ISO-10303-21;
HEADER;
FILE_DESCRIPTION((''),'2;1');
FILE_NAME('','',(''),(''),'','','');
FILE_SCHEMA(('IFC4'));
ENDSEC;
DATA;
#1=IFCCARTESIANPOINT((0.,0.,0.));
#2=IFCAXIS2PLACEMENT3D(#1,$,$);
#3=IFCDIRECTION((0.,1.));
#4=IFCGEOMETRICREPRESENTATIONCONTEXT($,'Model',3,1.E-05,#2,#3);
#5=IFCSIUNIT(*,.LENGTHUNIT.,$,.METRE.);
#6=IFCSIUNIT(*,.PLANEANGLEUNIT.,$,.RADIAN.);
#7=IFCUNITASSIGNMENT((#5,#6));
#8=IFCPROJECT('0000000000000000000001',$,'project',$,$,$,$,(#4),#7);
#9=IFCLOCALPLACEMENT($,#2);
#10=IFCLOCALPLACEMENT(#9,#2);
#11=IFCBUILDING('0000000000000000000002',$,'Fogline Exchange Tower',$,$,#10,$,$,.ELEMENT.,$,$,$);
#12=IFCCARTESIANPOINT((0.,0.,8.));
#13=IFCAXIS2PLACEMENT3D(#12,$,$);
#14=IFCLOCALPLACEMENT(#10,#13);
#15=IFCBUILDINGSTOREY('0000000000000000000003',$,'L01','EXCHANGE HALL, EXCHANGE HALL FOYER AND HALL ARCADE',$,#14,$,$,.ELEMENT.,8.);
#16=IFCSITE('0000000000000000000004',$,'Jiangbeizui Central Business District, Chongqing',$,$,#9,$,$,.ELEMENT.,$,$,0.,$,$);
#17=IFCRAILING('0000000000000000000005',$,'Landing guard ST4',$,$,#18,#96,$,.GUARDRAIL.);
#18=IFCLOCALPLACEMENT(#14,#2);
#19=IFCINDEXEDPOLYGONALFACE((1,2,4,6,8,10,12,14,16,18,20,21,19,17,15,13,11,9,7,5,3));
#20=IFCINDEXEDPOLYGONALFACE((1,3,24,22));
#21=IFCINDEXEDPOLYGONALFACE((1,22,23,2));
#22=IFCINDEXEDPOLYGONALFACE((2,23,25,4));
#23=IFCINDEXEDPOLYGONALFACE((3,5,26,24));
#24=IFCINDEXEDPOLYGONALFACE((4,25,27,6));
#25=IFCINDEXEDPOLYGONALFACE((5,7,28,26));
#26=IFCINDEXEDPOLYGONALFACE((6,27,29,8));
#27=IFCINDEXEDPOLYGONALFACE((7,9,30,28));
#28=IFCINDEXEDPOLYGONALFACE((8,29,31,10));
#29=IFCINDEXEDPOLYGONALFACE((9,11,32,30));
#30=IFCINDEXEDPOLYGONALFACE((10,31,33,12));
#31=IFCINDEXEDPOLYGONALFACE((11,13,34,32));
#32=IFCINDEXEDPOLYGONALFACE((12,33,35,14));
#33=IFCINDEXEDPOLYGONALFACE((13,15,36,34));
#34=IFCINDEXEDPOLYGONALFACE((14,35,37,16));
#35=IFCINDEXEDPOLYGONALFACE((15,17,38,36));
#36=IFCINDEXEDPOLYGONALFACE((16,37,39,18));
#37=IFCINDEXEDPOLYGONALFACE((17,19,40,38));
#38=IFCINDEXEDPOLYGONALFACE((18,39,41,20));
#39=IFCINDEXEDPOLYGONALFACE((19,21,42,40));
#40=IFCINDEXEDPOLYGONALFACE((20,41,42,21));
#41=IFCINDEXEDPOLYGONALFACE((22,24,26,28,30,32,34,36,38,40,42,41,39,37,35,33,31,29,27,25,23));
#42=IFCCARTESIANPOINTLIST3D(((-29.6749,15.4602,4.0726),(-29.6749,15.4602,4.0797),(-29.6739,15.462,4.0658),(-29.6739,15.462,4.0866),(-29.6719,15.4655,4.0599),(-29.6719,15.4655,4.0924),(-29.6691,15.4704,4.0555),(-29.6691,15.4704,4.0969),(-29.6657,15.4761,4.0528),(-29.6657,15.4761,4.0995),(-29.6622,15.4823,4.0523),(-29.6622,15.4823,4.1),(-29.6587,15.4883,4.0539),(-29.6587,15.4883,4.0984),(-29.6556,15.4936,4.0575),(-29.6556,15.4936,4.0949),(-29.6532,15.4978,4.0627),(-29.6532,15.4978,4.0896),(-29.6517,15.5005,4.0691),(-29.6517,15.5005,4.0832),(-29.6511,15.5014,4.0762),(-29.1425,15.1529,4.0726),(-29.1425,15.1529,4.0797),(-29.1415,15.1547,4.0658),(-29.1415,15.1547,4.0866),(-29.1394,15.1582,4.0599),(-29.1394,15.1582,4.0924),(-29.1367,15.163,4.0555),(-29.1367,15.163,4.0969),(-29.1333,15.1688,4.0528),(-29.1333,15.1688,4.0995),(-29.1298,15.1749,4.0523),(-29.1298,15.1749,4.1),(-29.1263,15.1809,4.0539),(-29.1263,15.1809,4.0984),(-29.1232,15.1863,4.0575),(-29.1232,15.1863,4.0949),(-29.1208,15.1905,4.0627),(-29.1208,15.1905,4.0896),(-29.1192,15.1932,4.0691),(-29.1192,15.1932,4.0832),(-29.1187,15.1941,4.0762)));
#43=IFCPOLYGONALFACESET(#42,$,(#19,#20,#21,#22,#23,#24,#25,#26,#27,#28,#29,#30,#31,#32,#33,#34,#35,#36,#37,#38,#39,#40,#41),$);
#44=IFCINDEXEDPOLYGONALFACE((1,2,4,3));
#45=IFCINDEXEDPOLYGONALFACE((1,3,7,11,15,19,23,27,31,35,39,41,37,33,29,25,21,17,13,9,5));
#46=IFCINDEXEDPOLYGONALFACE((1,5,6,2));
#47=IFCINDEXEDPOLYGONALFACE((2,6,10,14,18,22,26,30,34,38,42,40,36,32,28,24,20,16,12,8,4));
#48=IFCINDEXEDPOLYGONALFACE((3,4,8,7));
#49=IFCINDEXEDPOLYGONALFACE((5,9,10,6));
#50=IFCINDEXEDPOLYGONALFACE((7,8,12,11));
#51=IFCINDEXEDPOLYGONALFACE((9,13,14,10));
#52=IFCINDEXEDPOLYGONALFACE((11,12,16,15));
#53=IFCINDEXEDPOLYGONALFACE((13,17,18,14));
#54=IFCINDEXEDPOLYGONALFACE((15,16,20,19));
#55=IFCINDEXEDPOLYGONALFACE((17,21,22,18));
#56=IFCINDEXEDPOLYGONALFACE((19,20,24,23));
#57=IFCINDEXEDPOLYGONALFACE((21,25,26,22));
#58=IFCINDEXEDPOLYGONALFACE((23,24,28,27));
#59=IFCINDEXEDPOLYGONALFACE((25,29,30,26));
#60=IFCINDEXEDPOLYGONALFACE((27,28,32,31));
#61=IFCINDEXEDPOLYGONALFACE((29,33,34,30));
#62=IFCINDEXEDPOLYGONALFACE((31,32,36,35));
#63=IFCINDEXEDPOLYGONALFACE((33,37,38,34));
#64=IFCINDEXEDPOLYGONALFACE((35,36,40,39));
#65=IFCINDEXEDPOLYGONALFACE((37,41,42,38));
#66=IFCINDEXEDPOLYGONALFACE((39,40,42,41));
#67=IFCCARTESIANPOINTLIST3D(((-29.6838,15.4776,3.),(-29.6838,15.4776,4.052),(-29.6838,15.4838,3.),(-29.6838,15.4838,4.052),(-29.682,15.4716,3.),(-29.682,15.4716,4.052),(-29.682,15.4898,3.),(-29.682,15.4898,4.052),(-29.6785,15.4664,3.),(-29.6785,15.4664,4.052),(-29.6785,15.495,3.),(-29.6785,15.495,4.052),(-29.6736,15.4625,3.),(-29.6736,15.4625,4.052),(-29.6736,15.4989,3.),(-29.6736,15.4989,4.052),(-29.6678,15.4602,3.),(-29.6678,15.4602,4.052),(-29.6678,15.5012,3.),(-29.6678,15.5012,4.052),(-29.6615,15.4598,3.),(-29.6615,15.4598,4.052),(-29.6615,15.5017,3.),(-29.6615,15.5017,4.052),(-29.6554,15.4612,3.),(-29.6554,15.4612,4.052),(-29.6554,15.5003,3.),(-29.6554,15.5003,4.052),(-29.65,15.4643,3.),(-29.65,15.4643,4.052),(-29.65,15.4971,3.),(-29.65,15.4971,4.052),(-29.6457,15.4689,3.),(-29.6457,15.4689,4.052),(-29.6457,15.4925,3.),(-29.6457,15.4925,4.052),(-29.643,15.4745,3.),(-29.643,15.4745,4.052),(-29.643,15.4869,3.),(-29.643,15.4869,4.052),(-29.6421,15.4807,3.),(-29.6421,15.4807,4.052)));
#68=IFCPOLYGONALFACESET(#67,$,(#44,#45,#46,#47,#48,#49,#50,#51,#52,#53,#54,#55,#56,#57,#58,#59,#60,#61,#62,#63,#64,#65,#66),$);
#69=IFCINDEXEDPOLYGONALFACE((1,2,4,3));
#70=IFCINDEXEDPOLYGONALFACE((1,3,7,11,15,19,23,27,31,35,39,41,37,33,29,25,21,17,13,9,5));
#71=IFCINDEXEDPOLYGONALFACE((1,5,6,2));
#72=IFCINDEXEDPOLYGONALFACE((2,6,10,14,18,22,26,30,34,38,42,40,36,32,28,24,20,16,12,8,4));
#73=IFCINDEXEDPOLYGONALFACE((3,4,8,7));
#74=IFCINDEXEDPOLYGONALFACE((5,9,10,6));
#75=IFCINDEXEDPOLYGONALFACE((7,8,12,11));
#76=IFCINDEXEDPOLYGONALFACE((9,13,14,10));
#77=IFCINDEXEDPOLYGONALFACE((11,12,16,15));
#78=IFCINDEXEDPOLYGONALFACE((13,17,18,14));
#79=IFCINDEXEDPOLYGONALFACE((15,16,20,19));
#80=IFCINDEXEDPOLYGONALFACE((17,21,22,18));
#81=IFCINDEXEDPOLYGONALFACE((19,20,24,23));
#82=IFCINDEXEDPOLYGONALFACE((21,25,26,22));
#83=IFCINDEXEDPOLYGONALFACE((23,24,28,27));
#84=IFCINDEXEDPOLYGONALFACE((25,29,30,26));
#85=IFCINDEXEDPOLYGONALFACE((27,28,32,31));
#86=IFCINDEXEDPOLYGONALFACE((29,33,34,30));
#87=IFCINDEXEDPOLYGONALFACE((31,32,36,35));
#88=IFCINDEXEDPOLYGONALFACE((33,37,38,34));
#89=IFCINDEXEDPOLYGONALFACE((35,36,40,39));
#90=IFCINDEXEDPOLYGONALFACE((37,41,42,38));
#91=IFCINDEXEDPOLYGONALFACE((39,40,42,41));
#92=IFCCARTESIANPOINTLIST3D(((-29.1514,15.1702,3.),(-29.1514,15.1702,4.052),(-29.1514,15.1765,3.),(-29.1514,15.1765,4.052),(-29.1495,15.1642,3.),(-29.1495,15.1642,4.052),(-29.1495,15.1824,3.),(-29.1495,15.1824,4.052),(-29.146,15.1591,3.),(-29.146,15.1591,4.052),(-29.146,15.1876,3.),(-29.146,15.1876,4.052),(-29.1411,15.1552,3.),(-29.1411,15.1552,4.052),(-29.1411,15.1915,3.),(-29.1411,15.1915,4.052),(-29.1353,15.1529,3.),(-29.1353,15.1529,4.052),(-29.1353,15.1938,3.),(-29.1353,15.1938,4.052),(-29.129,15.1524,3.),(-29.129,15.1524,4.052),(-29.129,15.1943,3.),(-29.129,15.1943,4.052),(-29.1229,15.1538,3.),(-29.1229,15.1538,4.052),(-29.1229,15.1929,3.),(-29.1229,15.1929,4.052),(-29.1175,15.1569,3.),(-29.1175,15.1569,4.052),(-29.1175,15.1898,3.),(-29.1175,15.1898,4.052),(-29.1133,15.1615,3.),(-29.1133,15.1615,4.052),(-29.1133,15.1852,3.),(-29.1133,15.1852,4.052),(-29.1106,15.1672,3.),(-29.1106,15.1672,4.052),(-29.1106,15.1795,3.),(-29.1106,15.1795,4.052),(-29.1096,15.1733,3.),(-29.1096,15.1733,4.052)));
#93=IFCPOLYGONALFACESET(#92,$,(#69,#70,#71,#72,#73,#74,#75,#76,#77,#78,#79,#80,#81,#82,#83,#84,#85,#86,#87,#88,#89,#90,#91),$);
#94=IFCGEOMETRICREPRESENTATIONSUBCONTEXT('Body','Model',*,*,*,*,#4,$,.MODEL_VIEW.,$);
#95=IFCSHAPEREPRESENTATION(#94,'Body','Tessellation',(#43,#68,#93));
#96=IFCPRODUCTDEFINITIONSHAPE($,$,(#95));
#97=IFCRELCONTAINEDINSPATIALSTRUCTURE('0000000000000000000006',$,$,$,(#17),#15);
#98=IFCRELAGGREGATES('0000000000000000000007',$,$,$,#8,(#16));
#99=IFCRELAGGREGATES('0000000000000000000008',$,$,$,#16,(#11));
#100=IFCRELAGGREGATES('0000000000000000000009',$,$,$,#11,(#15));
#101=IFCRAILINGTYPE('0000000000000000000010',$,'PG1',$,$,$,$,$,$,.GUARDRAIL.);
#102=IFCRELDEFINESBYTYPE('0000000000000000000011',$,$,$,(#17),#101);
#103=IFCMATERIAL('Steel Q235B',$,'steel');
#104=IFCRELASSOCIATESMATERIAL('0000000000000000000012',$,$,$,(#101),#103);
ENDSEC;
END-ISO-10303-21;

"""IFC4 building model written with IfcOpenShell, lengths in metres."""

from ifc_helpers import new_model, si_unit, direction, frame, origin, origin_2d, place, context, subcontext, project, spatial, circle, extrude, material, type_object, element, save


model = new_model("IFC4")

# Units and contexts
model_context = context("Model", 3, precision=1e-05, world=origin(), true_north=direction((0.0, 1.0)))
body_context = subcontext(model_context, "Body", "Model", "MODEL_VIEW")
ifc_project = project(units=[si_unit("LENGTHUNIT", "METRE"), si_unit("PLANEANGLEUNIT", "RADIAN")], contexts=[model_context])

# Site, building, storey
site_placement = place(None, origin())
site = spatial("IfcSite", under=ifc_project, at=site_placement, Name="Jiangbeizui Central Business District, Chongqing", CompositionType="ELEMENT", RefElevation=0.0)
building_placement = place(site_placement, origin())
building = spatial("IfcBuilding", under=site, at=building_placement, Name="Fogline Exchange Tower", CompositionType="ELEMENT")
storey_placement = place(building_placement, frame((0.0, 0.0, 8.0)))
storey = spatial("IfcBuildingStorey", under=building, at=storey_placement, Name="L01", Description="EXCHANGE HALL, EXCHANGE HALL FOYER AND HALL ARCADE", CompositionType="ELEMENT", Elevation=8.0)

# Shared definitions
ifc_material_1 = material(Name="Steel Q235B", Category="steel")

# Railing
railing_type_1 = type_object("IfcRailingType", Name="PG1", PredefinedType="GUARDRAIL", material=ifc_material_1)
railing_1_placement = place(storey_placement, frame((-29.6631, 15.4807, 3.0)))
element("IfcRailing", 1, at=railing_1_placement, inside=storey, type_object=railing_type_1, Name="Landing guard ST4", PredefinedType="GUARDRAIL", context=body_context, shape_type="SweptSolid", body=[
    extrude(circle(Radius=0.0239, at=origin_2d()), frame((0.0, 0.0, 1.0762), z_axis=(0.86606, -0.49994, 0.0), x_axis=(0.49994, 0.86606, 0.0)), (0.0, 0.0, 1.0), 0.6147),
    extrude(circle(Radius=0.021, at=origin_2d()), origin(), (0.0, 0.0, 1.0), 1.052),
    extrude(circle(Radius=0.021, at=origin_2d()), frame((0.5325, -0.3074, 0.0)), (0.0, 0.0, 1.0), 1.052),
])

save(model, "model.ifc")
